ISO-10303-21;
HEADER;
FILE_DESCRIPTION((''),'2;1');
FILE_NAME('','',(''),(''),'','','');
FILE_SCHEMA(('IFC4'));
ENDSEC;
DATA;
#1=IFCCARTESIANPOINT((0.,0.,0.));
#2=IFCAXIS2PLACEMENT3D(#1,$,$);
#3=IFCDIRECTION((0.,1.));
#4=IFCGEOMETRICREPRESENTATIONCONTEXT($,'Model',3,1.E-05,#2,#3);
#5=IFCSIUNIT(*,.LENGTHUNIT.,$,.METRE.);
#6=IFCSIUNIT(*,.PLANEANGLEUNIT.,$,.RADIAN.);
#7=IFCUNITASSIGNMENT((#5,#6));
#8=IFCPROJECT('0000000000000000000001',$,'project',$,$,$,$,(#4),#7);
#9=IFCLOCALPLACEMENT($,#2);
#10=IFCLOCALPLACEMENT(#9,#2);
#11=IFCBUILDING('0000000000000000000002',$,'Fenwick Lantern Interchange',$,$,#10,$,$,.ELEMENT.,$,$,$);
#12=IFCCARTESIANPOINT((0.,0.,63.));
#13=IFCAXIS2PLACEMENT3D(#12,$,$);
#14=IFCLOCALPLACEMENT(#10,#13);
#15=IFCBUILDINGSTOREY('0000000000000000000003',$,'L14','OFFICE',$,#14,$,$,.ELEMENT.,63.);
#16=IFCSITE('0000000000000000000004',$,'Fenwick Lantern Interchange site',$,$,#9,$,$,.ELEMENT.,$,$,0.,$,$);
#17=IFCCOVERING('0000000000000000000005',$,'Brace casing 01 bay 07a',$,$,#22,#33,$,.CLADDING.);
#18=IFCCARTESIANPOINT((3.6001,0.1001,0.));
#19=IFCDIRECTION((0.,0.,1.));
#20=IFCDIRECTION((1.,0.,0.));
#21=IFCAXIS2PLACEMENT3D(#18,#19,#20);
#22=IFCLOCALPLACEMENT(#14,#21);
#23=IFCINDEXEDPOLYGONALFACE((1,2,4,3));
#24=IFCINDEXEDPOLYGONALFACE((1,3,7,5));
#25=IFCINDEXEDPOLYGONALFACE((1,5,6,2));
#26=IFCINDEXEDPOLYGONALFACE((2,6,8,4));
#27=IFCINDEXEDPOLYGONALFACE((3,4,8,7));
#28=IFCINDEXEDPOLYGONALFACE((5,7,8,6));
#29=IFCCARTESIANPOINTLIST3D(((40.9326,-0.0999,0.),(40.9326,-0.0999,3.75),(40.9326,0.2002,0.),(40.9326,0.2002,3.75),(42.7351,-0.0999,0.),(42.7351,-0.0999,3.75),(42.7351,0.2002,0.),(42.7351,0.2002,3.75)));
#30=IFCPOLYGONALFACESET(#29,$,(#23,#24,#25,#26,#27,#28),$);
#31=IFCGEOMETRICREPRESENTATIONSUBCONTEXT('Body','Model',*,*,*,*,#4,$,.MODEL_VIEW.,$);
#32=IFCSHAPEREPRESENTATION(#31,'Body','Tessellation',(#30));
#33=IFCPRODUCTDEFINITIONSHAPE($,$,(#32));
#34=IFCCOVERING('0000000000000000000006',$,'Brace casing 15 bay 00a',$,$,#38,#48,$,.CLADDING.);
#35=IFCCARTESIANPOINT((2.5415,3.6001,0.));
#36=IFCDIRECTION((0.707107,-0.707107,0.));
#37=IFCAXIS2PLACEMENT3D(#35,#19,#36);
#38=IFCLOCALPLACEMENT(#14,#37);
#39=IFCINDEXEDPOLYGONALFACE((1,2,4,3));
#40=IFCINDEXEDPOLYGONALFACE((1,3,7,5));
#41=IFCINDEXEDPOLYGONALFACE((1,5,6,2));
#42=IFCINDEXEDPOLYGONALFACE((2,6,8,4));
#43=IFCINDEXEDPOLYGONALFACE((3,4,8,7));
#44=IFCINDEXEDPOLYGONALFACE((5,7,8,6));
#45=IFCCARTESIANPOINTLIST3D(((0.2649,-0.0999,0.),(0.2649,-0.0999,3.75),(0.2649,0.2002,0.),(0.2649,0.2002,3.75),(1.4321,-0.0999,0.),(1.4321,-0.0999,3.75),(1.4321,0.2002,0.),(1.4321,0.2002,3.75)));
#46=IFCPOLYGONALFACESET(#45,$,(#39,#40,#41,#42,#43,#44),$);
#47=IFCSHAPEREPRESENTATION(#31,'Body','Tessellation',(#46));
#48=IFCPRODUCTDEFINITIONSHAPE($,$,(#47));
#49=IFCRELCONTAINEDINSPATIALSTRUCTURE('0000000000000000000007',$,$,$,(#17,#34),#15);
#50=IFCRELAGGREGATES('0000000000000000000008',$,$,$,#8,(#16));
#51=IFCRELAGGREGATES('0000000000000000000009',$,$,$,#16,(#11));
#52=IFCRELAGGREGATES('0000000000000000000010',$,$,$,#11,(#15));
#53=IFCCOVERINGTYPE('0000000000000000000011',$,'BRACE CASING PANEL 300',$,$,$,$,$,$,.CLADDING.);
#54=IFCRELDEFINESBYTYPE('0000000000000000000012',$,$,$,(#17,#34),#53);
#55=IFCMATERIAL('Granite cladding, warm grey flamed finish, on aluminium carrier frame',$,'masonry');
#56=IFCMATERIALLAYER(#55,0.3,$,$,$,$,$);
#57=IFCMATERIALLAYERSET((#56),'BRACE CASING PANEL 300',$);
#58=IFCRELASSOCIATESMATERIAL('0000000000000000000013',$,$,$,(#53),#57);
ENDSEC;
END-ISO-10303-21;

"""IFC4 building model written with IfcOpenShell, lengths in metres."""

from ifc_helpers import new_model, si_unit, direction, frame, origin, place, context, subcontext, project, spatial, polyline, outline, extrude, material, layer, layer_set, type_object, element, save


model = new_model("IFC4")

# Units and contexts
model_context = context("Model", 3, precision=1e-05, world=origin(), true_north=direction((0.0, 1.0)))
body_context = subcontext(model_context, "Body", "Model", "MODEL_VIEW")
ifc_project = project(units=[si_unit("LENGTHUNIT", "METRE"), si_unit("PLANEANGLEUNIT", "RADIAN")], contexts=[model_context])

# Site, building, storey
site_placement = place(None, origin())
site = spatial("IfcSite", under=ifc_project, at=site_placement, Name="Fenwick Lantern Interchange site", CompositionType="ELEMENT", RefElevation=0.0)
building_placement = place(site_placement, origin())
building = spatial("IfcBuilding", under=site, at=building_placement, Name="Fenwick Lantern Interchange", CompositionType="ELEMENT")
storey_placement = place(building_placement, frame((0.0, 0.0, 63.0)))
storey = spatial("IfcBuildingStorey", under=building, at=storey_placement, Name="L14", Description="OFFICE", CompositionType="ELEMENT", Elevation=63.0)

# Coverings
ifc_material_1 = material(Name="Granite cladding, warm grey flamed finish, on aluminium carrier frame", Category="masonry")
ifc_layer_1 = layer(ifc_material_1, 0.3)
ifc_layer_set_1 = layer_set([ifc_layer_1], Name="BRACE CASING PANEL 300")
covering_type = type_object("IfcCoveringType", Name="BRACE CASING PANEL 300", PredefinedType="CLADDING", material=ifc_layer_set_1)
covering_1_placement = place(storey_placement, frame((3.6001, 0.1001, 0.0), z_axis=(0.0, 0.0, 1.0), x_axis=(1.0, 0.0, 0.0)))
element("IfcCovering", 1, at=covering_1_placement, inside=storey, type_object=covering_type, Name="Brace casing 01 bay 07a", PredefinedType="CLADDING", context=body_context, shape_type="SweptSolid", body=[
    extrude(outline(polyline([(40.9326, 0.0), (42.7351, 0.0), (42.7351, 3.75), (40.9326, 3.75), (40.9326, 0.0)])), frame((0.0, 0.2002, 0.0), z_axis=(0.0, -1.0, 0.0), x_axis=(1.0, 0.0, 0.0)), (0.0, 0.0, 1.0), 0.3),
])
covering_2_placement = place(storey_placement, frame((2.5415, 3.6001, 0.0), z_axis=(0.0, 0.0, 1.0), x_axis=(0.707107, -0.707107, 0.0)))
element("IfcCovering", 2, at=covering_2_placement, inside=storey, type_object=covering_type, Name="Brace casing 15 bay 00a", PredefinedType="CLADDING", context=body_context, shape_type="SweptSolid", body=[
    extrude(outline(polyline([(0.2649, 0.0), (1.4321, 0.0), (1.4321, 3.75), (0.2649, 3.75), (0.2649, 0.0)])), frame((0.0, 0.2002, 0.0), z_axis=(0.0, -1.0, 0.0), x_axis=(1.0, 0.0, 0.0)), (0.0, 0.0, 1.0), 0.3),
])

save(model, "model.ifc")
